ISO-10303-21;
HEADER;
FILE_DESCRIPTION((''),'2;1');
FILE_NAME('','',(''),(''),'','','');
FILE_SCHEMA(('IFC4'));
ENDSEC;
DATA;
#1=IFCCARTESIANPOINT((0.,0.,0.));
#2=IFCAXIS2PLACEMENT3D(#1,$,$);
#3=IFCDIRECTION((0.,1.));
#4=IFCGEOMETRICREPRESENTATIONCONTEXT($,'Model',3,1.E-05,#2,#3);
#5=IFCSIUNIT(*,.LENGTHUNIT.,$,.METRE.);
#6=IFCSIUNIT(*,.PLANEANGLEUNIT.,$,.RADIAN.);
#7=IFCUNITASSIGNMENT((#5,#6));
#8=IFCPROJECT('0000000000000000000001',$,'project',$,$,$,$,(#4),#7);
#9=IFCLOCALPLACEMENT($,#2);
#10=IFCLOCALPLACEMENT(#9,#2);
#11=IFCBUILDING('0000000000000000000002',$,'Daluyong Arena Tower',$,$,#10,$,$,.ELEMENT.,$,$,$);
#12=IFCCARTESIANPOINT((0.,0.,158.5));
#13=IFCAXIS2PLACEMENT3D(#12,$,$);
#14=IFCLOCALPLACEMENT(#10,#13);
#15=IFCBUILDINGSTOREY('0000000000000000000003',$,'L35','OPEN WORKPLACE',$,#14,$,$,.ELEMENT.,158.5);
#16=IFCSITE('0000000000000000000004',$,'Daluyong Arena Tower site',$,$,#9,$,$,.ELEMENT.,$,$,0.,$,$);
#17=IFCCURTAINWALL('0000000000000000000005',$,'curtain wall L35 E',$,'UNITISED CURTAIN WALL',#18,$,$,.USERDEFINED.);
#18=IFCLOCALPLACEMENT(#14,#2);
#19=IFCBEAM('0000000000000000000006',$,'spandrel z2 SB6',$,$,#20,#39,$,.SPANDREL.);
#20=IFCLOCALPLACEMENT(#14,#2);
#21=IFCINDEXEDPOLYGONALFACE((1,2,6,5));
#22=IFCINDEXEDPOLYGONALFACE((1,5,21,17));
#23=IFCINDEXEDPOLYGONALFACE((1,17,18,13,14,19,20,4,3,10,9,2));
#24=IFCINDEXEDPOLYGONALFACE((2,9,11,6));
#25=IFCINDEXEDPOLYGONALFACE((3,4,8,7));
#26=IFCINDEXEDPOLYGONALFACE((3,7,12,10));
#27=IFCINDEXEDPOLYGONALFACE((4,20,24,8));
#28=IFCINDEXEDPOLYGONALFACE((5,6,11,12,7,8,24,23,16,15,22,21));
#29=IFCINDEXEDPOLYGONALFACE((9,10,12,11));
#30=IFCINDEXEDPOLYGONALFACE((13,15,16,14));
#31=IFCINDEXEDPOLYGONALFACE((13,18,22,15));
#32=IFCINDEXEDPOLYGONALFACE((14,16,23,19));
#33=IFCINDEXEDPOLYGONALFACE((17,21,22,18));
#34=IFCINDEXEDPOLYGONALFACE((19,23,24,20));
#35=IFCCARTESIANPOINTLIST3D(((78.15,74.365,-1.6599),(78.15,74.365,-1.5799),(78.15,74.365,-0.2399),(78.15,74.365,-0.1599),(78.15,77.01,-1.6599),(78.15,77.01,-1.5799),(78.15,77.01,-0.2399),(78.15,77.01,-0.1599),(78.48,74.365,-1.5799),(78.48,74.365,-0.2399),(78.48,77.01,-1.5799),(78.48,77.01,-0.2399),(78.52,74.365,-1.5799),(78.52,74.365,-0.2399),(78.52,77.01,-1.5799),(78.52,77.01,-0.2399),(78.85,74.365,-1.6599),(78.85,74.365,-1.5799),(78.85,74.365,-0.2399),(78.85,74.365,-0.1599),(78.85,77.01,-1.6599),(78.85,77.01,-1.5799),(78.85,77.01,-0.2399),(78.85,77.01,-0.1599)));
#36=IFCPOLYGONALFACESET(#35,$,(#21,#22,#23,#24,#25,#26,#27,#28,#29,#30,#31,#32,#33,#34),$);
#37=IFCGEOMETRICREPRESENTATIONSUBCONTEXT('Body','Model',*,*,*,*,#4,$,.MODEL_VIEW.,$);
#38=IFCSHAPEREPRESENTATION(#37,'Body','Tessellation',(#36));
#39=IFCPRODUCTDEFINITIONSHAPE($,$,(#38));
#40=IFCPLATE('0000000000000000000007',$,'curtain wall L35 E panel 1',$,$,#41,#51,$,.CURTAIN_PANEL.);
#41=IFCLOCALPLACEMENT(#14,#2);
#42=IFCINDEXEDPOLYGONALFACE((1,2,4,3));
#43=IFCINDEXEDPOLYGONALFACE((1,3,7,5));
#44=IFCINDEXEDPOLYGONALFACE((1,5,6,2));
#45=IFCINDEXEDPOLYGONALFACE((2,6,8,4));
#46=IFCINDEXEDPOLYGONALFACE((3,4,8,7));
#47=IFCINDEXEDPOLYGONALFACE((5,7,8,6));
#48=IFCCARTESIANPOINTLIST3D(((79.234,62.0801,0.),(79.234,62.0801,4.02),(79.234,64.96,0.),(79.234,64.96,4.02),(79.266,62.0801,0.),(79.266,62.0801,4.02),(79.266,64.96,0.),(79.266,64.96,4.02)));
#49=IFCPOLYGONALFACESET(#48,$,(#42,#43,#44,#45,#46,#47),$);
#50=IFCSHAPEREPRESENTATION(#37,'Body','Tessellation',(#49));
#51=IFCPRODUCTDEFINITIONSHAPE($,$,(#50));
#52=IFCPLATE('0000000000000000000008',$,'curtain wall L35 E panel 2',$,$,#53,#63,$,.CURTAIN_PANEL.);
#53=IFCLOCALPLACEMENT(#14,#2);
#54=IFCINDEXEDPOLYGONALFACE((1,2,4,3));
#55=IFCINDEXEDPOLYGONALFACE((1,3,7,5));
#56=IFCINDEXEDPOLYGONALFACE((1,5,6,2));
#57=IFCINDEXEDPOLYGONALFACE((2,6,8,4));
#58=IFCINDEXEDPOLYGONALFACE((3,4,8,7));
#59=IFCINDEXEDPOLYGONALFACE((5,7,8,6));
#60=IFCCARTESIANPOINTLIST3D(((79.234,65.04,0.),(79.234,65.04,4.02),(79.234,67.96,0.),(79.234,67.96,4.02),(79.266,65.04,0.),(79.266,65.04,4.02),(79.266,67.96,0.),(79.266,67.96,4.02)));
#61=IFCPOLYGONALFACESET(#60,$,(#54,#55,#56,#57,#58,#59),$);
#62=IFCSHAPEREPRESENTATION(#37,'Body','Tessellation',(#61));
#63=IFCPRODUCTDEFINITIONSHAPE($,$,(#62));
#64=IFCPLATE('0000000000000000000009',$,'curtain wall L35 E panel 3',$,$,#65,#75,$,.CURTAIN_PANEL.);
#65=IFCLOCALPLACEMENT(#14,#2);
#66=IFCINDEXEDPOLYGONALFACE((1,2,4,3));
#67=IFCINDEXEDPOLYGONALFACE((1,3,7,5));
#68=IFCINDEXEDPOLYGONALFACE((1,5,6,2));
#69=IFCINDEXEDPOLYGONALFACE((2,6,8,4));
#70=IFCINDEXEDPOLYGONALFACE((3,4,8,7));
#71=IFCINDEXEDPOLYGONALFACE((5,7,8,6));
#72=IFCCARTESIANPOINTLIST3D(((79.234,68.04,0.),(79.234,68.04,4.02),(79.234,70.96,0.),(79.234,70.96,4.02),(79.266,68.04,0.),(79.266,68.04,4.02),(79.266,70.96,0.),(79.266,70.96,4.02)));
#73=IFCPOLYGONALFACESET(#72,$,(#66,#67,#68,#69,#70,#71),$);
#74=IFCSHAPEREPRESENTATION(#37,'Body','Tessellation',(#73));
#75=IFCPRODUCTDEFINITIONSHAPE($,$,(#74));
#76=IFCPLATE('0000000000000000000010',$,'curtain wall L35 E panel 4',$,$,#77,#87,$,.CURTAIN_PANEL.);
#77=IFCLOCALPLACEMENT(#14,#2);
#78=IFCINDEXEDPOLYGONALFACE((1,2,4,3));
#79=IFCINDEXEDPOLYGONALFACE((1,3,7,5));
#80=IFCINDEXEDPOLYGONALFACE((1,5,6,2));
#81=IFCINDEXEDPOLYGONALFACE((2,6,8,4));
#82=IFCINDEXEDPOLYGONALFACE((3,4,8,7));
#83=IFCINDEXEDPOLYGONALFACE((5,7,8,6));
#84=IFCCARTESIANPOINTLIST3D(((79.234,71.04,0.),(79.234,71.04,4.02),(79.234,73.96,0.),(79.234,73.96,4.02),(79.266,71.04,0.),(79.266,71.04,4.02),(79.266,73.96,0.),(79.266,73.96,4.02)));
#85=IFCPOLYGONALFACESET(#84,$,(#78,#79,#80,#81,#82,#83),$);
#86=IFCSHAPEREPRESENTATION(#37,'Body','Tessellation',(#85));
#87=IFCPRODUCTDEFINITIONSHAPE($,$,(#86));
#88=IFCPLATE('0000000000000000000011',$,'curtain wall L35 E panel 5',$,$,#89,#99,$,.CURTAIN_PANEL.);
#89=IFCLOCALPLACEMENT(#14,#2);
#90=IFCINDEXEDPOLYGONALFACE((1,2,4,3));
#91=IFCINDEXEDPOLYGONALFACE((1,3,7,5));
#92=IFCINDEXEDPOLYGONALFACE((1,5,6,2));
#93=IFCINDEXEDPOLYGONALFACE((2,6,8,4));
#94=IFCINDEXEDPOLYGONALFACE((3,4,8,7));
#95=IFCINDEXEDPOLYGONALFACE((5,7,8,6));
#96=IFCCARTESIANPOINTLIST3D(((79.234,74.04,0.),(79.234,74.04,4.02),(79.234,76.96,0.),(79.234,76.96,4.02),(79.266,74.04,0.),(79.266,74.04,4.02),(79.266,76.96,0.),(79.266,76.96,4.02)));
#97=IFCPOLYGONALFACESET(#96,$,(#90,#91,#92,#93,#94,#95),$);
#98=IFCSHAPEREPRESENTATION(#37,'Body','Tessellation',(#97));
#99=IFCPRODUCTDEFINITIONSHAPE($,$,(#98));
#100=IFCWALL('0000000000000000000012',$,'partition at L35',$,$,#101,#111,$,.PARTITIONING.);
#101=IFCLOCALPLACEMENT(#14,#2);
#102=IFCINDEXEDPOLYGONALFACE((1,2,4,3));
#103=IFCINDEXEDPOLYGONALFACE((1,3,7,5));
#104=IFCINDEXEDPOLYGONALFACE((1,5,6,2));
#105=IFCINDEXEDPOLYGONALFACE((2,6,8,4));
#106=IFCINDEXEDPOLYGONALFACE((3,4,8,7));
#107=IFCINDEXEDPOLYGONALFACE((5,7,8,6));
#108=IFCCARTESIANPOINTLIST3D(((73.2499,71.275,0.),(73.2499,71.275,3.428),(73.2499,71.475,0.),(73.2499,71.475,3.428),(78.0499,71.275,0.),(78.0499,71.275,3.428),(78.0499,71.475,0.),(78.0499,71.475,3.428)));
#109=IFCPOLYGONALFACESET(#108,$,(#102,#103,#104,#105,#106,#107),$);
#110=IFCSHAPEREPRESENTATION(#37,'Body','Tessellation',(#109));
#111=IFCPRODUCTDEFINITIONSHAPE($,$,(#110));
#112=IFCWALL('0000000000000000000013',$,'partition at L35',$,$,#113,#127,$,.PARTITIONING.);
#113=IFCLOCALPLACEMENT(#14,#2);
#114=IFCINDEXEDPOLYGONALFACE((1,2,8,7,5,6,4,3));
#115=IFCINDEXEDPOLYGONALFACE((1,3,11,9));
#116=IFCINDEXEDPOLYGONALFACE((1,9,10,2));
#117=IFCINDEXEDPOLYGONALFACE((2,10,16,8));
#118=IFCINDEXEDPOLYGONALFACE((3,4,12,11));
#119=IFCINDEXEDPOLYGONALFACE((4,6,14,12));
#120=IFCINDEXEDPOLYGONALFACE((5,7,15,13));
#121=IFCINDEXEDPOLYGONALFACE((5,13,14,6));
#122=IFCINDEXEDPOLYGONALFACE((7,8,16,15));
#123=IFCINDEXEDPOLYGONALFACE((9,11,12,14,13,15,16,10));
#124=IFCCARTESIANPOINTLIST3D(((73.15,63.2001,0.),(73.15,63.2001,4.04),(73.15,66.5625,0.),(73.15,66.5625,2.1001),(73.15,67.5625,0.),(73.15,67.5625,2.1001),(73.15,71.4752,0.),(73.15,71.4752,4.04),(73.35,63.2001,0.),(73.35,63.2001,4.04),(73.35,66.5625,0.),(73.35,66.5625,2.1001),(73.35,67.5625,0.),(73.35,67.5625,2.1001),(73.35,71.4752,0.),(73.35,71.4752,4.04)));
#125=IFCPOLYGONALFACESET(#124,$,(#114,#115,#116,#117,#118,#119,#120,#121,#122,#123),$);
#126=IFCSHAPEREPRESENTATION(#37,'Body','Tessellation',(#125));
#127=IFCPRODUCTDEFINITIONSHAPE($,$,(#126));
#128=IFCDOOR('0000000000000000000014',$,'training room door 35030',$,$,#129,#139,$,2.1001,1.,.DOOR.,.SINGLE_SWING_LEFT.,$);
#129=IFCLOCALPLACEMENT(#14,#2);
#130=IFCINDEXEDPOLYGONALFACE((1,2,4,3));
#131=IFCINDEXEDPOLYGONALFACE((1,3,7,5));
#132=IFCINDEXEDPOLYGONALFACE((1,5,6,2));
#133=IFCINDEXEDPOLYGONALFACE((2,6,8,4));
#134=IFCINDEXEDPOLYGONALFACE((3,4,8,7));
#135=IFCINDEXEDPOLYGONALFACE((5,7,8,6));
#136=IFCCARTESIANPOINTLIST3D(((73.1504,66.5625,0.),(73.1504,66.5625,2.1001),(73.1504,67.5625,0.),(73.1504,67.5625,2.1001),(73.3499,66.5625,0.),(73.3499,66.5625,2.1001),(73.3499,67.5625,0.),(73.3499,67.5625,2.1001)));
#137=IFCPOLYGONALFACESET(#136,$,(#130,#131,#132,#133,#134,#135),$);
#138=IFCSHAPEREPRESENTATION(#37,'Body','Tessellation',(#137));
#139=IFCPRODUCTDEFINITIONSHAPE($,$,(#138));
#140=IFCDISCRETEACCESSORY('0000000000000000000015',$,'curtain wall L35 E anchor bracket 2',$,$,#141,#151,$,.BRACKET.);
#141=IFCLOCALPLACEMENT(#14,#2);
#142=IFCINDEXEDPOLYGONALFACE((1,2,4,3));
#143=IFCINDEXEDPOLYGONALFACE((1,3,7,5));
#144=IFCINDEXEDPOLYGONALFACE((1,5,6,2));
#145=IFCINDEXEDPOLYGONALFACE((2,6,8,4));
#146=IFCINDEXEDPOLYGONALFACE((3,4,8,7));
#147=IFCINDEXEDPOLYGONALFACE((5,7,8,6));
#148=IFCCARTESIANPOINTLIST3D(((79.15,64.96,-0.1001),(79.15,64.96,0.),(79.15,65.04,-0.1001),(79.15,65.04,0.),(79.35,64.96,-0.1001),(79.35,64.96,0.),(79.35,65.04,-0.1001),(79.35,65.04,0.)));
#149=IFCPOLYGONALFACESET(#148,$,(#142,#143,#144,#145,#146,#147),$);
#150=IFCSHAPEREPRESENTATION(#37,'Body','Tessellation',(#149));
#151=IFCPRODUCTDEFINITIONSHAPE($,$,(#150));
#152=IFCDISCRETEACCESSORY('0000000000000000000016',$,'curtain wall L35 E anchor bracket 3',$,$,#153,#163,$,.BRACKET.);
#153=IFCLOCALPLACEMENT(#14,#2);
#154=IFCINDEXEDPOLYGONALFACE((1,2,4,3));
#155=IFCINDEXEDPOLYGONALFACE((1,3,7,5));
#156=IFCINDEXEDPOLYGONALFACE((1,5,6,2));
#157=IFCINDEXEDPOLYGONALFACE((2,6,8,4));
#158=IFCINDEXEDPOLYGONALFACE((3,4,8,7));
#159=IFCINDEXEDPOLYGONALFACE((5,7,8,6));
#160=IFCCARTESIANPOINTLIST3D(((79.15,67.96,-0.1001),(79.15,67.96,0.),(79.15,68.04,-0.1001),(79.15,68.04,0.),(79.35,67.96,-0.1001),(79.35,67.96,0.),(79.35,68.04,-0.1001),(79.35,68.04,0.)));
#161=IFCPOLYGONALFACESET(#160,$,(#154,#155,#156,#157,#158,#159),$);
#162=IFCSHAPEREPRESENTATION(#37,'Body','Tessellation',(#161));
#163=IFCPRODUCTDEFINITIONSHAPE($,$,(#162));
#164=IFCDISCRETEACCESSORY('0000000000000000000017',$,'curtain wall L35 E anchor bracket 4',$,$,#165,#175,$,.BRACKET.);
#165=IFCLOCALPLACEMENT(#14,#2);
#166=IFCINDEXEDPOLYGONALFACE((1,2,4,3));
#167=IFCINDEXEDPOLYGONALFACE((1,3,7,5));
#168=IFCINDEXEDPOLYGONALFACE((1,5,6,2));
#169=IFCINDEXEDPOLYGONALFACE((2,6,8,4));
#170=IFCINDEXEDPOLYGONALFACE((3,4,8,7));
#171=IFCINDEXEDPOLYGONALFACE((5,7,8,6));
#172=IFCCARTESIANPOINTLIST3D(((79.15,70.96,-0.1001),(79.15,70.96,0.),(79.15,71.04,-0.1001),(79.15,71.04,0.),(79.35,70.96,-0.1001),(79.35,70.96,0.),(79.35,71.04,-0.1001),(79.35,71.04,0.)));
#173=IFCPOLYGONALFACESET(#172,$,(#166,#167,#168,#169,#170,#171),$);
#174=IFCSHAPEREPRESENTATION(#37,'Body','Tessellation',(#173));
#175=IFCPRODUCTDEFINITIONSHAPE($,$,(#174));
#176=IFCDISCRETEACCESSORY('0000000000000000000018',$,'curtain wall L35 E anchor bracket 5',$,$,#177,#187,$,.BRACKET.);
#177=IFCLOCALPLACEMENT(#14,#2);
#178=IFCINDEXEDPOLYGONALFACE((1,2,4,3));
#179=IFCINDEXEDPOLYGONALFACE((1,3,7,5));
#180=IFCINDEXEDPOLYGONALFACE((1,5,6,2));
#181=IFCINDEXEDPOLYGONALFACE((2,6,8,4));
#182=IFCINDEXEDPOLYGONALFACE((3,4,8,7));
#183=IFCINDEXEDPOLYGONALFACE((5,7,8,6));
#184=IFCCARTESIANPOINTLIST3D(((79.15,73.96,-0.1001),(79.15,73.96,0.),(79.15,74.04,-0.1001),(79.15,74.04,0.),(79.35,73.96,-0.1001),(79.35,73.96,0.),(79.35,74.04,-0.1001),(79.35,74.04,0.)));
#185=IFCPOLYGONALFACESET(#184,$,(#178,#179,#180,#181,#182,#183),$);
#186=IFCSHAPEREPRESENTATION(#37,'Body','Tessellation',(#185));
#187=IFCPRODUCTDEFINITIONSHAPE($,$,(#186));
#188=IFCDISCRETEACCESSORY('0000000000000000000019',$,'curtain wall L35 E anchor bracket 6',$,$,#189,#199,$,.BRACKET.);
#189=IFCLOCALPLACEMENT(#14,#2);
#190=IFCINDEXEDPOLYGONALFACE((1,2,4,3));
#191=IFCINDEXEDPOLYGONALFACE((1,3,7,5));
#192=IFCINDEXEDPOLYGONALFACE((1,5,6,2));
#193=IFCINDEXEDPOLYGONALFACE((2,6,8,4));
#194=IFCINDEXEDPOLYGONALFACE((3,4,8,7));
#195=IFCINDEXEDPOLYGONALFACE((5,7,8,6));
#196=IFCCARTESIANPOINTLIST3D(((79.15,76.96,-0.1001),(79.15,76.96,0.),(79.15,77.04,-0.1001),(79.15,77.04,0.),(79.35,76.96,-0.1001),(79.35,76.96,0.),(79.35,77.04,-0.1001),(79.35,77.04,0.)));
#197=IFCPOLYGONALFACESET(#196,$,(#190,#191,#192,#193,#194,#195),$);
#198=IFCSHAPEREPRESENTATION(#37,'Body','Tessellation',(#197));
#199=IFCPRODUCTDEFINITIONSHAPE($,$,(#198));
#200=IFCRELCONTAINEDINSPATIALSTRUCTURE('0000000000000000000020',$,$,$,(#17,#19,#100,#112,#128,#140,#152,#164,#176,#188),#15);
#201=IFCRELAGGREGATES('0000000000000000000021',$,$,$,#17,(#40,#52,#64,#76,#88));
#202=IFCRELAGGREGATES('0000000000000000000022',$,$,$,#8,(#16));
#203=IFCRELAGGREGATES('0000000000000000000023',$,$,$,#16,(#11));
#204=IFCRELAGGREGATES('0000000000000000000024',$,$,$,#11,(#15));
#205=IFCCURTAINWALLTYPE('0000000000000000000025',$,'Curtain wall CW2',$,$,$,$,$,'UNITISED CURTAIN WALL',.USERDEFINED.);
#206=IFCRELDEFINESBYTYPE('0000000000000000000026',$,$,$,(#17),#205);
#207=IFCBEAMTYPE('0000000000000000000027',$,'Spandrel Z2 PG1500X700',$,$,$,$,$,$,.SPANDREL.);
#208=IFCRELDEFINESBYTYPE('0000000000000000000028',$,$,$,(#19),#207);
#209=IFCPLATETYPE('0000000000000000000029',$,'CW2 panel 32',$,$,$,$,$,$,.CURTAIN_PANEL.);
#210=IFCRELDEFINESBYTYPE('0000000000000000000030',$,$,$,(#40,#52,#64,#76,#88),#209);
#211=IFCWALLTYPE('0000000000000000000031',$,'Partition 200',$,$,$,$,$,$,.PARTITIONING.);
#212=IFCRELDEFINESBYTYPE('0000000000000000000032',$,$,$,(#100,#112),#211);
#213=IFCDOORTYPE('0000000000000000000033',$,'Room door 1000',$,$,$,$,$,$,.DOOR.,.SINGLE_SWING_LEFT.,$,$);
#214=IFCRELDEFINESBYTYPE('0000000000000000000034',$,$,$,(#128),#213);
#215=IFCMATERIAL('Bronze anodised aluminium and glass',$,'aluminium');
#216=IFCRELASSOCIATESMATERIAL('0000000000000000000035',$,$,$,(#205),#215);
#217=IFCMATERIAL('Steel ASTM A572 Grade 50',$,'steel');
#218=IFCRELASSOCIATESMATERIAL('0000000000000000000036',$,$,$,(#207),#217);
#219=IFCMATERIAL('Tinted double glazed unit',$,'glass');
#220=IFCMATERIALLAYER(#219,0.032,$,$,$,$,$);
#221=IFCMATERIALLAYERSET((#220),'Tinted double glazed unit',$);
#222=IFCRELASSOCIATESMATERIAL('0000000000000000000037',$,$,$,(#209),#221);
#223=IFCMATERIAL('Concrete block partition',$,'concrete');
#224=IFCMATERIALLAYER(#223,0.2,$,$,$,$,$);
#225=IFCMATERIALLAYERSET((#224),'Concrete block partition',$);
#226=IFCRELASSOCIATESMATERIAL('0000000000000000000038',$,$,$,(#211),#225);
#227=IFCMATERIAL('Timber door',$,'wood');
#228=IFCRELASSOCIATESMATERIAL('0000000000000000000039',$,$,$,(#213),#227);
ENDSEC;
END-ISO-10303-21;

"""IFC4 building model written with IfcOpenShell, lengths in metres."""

from ifc_helpers import new_model, si_unit, direction, frame, frame_2d, origin, origin_2d, place, context, subcontext, project, spatial, rectangle, i_section, extrude, material, layer, layer_set, material_profile, profile_set, type_object, element, fill, aggregate, save


model = new_model("IFC4")

# Units and contexts
model_context = context("Model", 3, precision=1e-05, world=origin(), true_north=direction((0.0, 1.0)))
body_context = subcontext(model_context, "Body", "Model", "MODEL_VIEW")
ifc_project = project(units=[si_unit("LENGTHUNIT", "METRE"), si_unit("PLANEANGLEUNIT", "RADIAN")], contexts=[model_context])

# Site, building, storey
site_placement = place(None, origin())
site = spatial("IfcSite", under=ifc_project, at=site_placement, Name="Daluyong Arena Tower site", CompositionType="ELEMENT", RefElevation=0.0)
building_placement = place(site_placement, origin())
building = spatial("IfcBuilding", under=site, at=building_placement, Name="Daluyong Arena Tower", CompositionType="ELEMENT")
storey_placement = place(building_placement, frame((0.0, 0.0, 158.5)))
storey = spatial("IfcBuildingStorey", under=building, at=storey_placement, Name="L35", Description="OPEN WORKPLACE", CompositionType="ELEMENT", Elevation=158.5)

# Curtain wall
ifc_material_1 = material(Name="Bronze anodised aluminium and glass", Category="aluminium")
curtain_wall_type = type_object("IfcCurtainWallType", Name="Curtain wall CW2", ElementType="UNITISED CURTAIN WALL", PredefinedType="USERDEFINED", material=ifc_material_1)
curtain_wall_placement = place(storey_placement, origin())
curtain_wall = element("IfcCurtainWall", 1, at=curtain_wall_placement, inside=storey, type_object=curtain_wall_type, Name="curtain wall L35 E", ObjectType="UNITISED CURTAIN WALL", PredefinedType="USERDEFINED")

# Beam
ifc_material_2 = material(Name="Steel ASTM A572 Grade 50", Category="steel")
ifc_material_profile_1 = material_profile(ifc_material_2, i_section(OverallWidth=0.7, OverallDepth=1.5, WebThickness=0.04, FlangeThickness=0.08, at=origin_2d()))
ifc_profile_set_1 = profile_set([ifc_material_profile_1], Name="Steel ASTM A572 Grade 50")
beam_type_1 = type_object("IfcBeamType", Name="Spandrel Z2 PG1500X700", PredefinedType="SPANDREL", material=ifc_profile_set_1)
for number, where, z_axis, x_axis, name in (
    (2, (78.5, 74.365, -0.9099), (0.0, 1.0, 0.0), (-1.0, 0.0, 0.0), "spandrel z2 SB6"),
):
    element("IfcBeam", number, at=place(storey_placement, frame(where, z_axis=z_axis, x_axis=x_axis)), inside=storey, type_object=beam_type_1, Name=name, PredefinedType="SPANDREL", context=body_context, shape_type="SweptSolid", body=[
        extrude(i_section(OverallWidth=0.7, OverallDepth=1.5, WebThickness=0.04, FlangeThickness=0.08, at=origin_2d()), origin(), (0.0, 0.0, 1.0), 2.645),
    ])

# Plates
ifc_material_3 = material(Name="Tinted double glazed unit", Category="glass")
ifc_layer_1 = layer(ifc_material_3, 0.032)
ifc_layer_set_1 = layer_set([ifc_layer_1], Name="Tinted double glazed unit")
plate_type = type_object("IfcPlateType", Name="CW2 panel 32", PredefinedType="CURTAIN_PANEL", material=ifc_layer_set_1)
plate_1_placement = place(storey_placement, frame((79.25, 63.52, 0.0), z_axis=(0.0, 0.0, 1.0), x_axis=(0.0, 1.0, 0.0)))
plate_1 = element("IfcPlate", 3, at=plate_1_placement, type_object=plate_type, Name="curtain wall L35 E panel 1", PredefinedType="CURTAIN_PANEL", context=body_context, shape_type="SweptSolid", body=[
    extrude(rectangle(XDim=2.8799, YDim=0.032, at=origin_2d()), origin(), (0.0, 0.0, 1.0), 4.02),
])
plate_2_placement = place(storey_placement, frame((79.25, 66.5, 0.0), z_axis=(0.0, 0.0, 1.0), x_axis=(0.0, 1.0, 0.0)))
plate_2 = element("IfcPlate", 4, at=plate_2_placement, type_object=plate_type, Name="curtain wall L35 E panel 2", PredefinedType="CURTAIN_PANEL", context=body_context, shape_type="SweptSolid", body=[
    extrude(rectangle(XDim=2.9199, YDim=0.032, at=origin_2d()), origin(), (0.0, 0.0, 1.0), 4.02),
])
plate_3_placement = place(storey_placement, frame((79.25, 69.5, 0.0), z_axis=(0.0, 0.0, 1.0), x_axis=(0.0, 1.0, 0.0)))
plate_3 = element("IfcPlate", 5, at=plate_3_placement, type_object=plate_type, Name="curtain wall L35 E panel 3", PredefinedType="CURTAIN_PANEL", context=body_context, shape_type="SweptSolid", body=[
    extrude(rectangle(XDim=2.9199, YDim=0.032, at=origin_2d()), origin(), (0.0, 0.0, 1.0), 4.02),
])
plate_4_placement = place(storey_placement, frame((79.25, 72.5, 0.0), z_axis=(0.0, 0.0, 1.0), x_axis=(0.0, 1.0, 0.0)))
plate_4 = element("IfcPlate", 6, at=plate_4_placement, type_object=plate_type, Name="curtain wall L35 E panel 4", PredefinedType="CURTAIN_PANEL", context=body_context, shape_type="SweptSolid", body=[
    extrude(rectangle(XDim=2.9199, YDim=0.032, at=origin_2d()), origin(), (0.0, 0.0, 1.0), 4.02),
])
plate_5_placement = place(storey_placement, frame((79.25, 75.5, 0.0), z_axis=(0.0, 0.0, 1.0), x_axis=(0.0, 1.0, 0.0)))
plate_5 = element("IfcPlate", 7, at=plate_5_placement, type_object=plate_type, Name="curtain wall L35 E panel 5", PredefinedType="CURTAIN_PANEL", context=body_context, shape_type="SweptSolid", body=[
    extrude(rectangle(XDim=2.9199, YDim=0.032, at=origin_2d()), origin(), (0.0, 0.0, 1.0), 4.02),
])
aggregate(curtain_wall, [plate_1, plate_2, plate_3, plate_4, plate_5])

# Wall
ifc_material_4 = material(Name="Concrete block partition", Category="concrete")
ifc_layer_2 = layer(ifc_material_4, 0.2)
ifc_layer_set_2 = layer_set([ifc_layer_2], Name="Concrete block partition")
wall_type = type_object("IfcWallType", Name="Partition 200", PredefinedType="PARTITIONING", material=ifc_layer_set_2)
wall_1_placement = place(storey_placement, frame((73.25, 71.375, 0.0), z_axis=(0.0, 0.0, 1.0), x_axis=(1.0, 0.0, 0.0)))
element("IfcWall", 8, at=wall_1_placement, inside=storey, type_object=wall_type, Name="partition at L35", PredefinedType="PARTITIONING", context=body_context, shape_type="SweptSolid", body=[
    extrude(rectangle(XDim=4.8, YDim=0.2, at=frame_2d((2.3999, 0.0))), origin(), (0.0, 0.0, 1.0), 3.428),
])

# Wall, opening, door
wall_2_placement = place(storey_placement, frame((73.25, 63.2, 0.0), z_axis=(0.0, 0.0, 1.0), x_axis=(0.0, 1.0, 0.0)))
wall_2 = element("IfcWall", 9, at=wall_2_placement, inside=storey, type_object=wall_type, Name="partition at L35", PredefinedType="PARTITIONING", context=body_context, shape_type="SweptSolid", body=[
    extrude(rectangle(XDim=8.2751, YDim=0.2, at=frame_2d((4.1377, 0.0))), origin(), (0.0, 0.0, 1.0), 4.04),
])
opening_placement = place(wall_2_placement, frame((3.3625, 0.0, 0.0)))
opening = element("IfcOpeningElement", 10, at=opening_placement, cuts=wall_2, PredefinedType="OPENING", context=body_context, shape_type="SweptSolid", body=[
    extrude(rectangle(XDim=1.0, YDim=2.1001, at=frame_2d((0.5, 1.05))), frame((0.0, 0.1099, 0.0), z_axis=(0.0, -1.0, 0.0), x_axis=(1.0, 0.0, 0.0)), (0.0, 0.0, 1.0), 0.22),
])
ifc_material_5 = material(Name="Timber door", Category="wood")
door_type = type_object("IfcDoorType", Name="Room door 1000", OperationType="SINGLE_SWING_LEFT", PredefinedType="DOOR", material=ifc_material_5)
door_placement = place(opening_placement, origin())
door = element("IfcDoor", 11, at=door_placement, inside=storey, type_object=door_type, Name="training room door 35030", OperationType="SINGLE_SWING_LEFT", OverallHeight=2.1001, OverallWidth=1.0, PredefinedType="DOOR", context=body_context, shape_type="SweptSolid", body=[
    extrude(rectangle(XDim=1.0, YDim=2.1001, at=frame_2d((0.5, 1.05))), frame((0.0, 0.0996, 0.0), z_axis=(0.0, -1.0, 0.0), x_axis=(1.0, 0.0, 0.0)), (0.0, 0.0, 1.0), 0.1995),
])
fill(opening, door)

# Discrete accessories
for number, where, z_axis, x_axis, name in (
    (12, (79.25, 65.0, -0.1001), (0.0, 0.0, 1.0), (0.0, 1.0, 0.0), "curtain wall L35 E anchor bracket 2"),
    (13, (79.25, 68.0, -0.1001), (0.0, 0.0, 1.0), (0.0, 1.0, 0.0), "curtain wall L35 E anchor bracket 3"),
    (14, (79.25, 71.0, -0.1001), (0.0, 0.0, 1.0), (0.0, 1.0, 0.0), "curtain wall L35 E anchor bracket 4"),
    (15, (79.25, 74.0, -0.1001), (0.0, 0.0, 1.0), (0.0, 1.0, 0.0), "curtain wall L35 E anchor bracket 5"),
    (16, (79.25, 77.0, -0.1001), (0.0, 0.0, 1.0), (0.0, 1.0, 0.0), "curtain wall L35 E anchor bracket 6"),
):
    element("IfcDiscreteAccessory", number, at=place(storey_placement, frame(where, z_axis=z_axis, x_axis=x_axis)), inside=storey, Name=name, PredefinedType="BRACKET", context=body_context, shape_type="SweptSolid", body=[
        extrude(rectangle(XDim=0.0801, YDim=0.2, at=origin_2d()), origin(), (0.0, 0.0, 1.0), 0.1001),
    ])

save(model, "model.ifc")
